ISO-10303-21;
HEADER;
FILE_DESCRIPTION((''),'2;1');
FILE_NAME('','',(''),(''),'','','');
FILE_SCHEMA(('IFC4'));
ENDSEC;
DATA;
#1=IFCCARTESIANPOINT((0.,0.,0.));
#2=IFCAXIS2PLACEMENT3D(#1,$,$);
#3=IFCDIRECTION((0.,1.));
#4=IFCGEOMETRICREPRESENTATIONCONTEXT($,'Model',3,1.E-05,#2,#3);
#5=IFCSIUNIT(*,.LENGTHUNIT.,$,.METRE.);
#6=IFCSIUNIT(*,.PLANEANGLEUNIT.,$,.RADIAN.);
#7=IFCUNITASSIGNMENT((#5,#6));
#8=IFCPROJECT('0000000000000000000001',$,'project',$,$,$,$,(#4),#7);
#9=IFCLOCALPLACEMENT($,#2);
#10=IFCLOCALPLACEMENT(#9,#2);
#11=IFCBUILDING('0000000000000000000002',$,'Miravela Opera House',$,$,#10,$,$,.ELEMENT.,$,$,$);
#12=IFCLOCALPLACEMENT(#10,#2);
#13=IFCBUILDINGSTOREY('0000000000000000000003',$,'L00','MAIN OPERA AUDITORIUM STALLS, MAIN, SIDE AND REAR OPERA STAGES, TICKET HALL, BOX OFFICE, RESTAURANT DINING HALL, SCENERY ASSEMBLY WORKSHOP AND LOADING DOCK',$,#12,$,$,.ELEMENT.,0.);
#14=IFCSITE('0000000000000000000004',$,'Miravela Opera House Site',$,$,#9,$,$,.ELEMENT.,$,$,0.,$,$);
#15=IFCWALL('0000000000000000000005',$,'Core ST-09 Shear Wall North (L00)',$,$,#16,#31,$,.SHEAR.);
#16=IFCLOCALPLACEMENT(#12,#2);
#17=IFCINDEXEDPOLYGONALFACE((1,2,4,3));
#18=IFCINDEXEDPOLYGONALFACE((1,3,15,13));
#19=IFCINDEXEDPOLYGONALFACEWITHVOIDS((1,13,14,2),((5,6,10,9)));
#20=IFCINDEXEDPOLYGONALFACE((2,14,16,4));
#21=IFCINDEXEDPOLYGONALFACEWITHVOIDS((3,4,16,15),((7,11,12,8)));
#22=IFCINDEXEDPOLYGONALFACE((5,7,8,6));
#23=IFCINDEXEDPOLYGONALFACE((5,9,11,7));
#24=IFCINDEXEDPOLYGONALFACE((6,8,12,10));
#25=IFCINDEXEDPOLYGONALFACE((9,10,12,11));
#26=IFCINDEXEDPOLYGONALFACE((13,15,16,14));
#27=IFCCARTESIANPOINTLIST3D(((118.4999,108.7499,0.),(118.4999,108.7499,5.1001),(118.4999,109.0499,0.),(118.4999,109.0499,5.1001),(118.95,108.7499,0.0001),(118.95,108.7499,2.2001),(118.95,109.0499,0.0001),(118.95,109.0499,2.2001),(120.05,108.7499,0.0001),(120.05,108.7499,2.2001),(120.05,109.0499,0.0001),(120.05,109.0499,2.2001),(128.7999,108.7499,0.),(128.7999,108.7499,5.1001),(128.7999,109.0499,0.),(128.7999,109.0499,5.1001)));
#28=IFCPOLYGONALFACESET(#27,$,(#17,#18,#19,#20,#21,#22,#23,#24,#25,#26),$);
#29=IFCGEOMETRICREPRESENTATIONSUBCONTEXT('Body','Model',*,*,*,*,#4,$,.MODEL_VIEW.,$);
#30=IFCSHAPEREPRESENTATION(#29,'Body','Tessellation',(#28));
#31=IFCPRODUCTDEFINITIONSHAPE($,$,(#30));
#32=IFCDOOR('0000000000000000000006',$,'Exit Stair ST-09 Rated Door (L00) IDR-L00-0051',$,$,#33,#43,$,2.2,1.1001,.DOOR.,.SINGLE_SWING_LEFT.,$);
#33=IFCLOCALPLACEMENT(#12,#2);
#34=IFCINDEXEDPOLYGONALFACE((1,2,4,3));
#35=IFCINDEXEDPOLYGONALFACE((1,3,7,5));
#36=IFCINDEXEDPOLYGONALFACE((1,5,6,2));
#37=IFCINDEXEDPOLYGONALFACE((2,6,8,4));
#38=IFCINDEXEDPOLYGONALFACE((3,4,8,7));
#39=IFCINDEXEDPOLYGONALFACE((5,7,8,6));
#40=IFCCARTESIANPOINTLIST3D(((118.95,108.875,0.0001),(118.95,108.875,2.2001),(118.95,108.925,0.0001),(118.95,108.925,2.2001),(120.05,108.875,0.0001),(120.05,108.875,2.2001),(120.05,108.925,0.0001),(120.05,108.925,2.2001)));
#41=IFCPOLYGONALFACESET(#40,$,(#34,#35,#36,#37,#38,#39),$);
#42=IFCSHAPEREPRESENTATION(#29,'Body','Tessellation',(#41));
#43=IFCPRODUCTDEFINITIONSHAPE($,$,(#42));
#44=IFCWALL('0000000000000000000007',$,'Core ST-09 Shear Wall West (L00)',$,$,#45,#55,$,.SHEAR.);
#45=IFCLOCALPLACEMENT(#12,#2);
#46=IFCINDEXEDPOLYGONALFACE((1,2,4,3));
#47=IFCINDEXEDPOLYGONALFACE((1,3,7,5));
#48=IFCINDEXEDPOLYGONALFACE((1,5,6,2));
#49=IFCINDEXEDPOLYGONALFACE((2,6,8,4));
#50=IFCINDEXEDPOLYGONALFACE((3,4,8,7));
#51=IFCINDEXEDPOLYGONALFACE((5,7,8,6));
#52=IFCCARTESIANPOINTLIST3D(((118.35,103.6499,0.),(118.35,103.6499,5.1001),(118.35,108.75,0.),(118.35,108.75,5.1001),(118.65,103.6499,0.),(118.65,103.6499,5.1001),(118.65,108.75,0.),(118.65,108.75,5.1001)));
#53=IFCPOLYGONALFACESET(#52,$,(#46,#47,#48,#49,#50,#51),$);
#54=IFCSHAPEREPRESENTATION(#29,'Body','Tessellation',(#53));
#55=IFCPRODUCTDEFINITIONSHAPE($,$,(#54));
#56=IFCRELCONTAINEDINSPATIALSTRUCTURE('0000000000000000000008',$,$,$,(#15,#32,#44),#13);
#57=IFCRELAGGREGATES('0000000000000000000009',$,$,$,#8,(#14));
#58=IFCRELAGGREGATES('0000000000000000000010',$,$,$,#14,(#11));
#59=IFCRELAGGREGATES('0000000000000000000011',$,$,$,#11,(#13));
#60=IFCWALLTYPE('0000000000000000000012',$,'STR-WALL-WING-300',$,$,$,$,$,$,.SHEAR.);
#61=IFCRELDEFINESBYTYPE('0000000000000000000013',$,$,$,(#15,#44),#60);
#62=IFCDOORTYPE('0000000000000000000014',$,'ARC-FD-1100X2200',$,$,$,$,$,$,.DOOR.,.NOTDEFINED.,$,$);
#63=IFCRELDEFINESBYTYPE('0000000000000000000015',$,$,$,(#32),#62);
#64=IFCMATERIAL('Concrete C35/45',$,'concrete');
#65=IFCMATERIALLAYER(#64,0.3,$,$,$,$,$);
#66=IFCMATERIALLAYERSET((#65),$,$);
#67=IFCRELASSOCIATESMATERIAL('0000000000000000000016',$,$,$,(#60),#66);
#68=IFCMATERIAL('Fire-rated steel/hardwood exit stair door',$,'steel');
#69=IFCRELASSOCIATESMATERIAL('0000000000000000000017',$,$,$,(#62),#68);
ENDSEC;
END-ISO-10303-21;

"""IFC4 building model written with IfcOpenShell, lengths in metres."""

from ifc_helpers import new_model, si_unit, direction, frame, frame_2d, origin, place, context, subcontext, project, spatial, rectangle, extrude, material, layer, layer_set, type_object, element, fill, save


model = new_model("IFC4")

# Units and contexts
model_context = context("Model", 3, precision=1e-05, world=origin(), true_north=direction((0.0, 1.0)))
body_context = subcontext(model_context, "Body", "Model", "MODEL_VIEW")
ifc_project = project(units=[si_unit("LENGTHUNIT", "METRE"), si_unit("PLANEANGLEUNIT", "RADIAN")], contexts=[model_context])

# Site, building, storey
site_placement = place(None, origin())
site = spatial("IfcSite", under=ifc_project, at=site_placement, Name="Miravela Opera House Site", CompositionType="ELEMENT", RefElevation=0.0)
building_placement = place(site_placement, origin())
building = spatial("IfcBuilding", under=site, at=building_placement, Name="Miravela Opera House", CompositionType="ELEMENT")
storey_placement = place(building_placement, origin())
storey = spatial("IfcBuildingStorey", under=building, at=storey_placement, Name="L00", Description="MAIN OPERA AUDITORIUM STALLS, MAIN, SIDE AND REAR OPERA STAGES, TICKET HALL, BOX OFFICE, RESTAURANT DINING HALL, SCENERY ASSEMBLY WORKSHOP AND LOADING DOCK", CompositionType="ELEMENT", Elevation=0.0)

# Shared definitions
ifc_material_1 = material(Name="Concrete C35/45", Category="concrete")

# Shared definitions
ifc_layer_1 = layer(ifc_material_1, 0.3)
ifc_layer_set_1 = layer_set([ifc_layer_1])
wall_type_1 = type_object("IfcWallType", Name="STR-WALL-WING-300", PredefinedType="SHEAR", material=ifc_layer_set_1)

# Wall, opening, door
wall_1_placement = place(storey_placement, frame((118.5, 108.8999, 0.0), z_axis=(0.0, 0.0, 1.0), x_axis=(1.0, 0.0, 0.0)))
wall_1 = element("IfcWall", 1, at=wall_1_placement, inside=storey, type_object=wall_type_1, Name="Core ST-09 Shear Wall North (L00)", PredefinedType="SHEAR", context=body_context, shape_type="SweptSolid", body=[
    extrude(rectangle(XDim=10.3, YDim=0.3, at=frame_2d((5.1499, 0.0))), origin(), (0.0, 0.0, 1.0), 5.1001),
])
opening_1_placement = place(wall_1_placement, frame((0.45, 0.0, 0.0)))
opening_1 = element("IfcOpeningElement", 2, at=opening_1_placement, cuts=wall_1, PredefinedType="OPENING", context=body_context, shape_type="SweptSolid", body=[
    extrude(rectangle(XDim=1.1001, YDim=2.2, at=frame_2d((0.55, 1.1001))), frame((0.0, 0.1599, 0.0), z_axis=(0.0, -1.0, 0.0), x_axis=(1.0, 0.0, 0.0)), (0.0, 0.0, 1.0), 0.3201),
])
ifc_material_2 = material(Name="Fire-rated steel/hardwood exit stair door", Category="steel")
door_type_1 = type_object("IfcDoorType", Name="ARC-FD-1100X2200", OperationType="NOTDEFINED", PredefinedType="DOOR", material=ifc_material_2)
door_1_placement = place(opening_1_placement, frame((1.1001, 0.0, 0.0), z_axis=(0.0, 0.0, 1.0), x_axis=(-1.0, 0.0, 0.0)))
door_1 = element("IfcDoor", 3, at=door_1_placement, inside=storey, type_object=door_type_1, Name="Exit Stair ST-09 Rated Door (L00) IDR-L00-0051", OperationType="SINGLE_SWING_LEFT", OverallHeight=2.2, OverallWidth=1.1001, PredefinedType="DOOR", context=body_context, shape_type="SweptSolid", body=[
    extrude(rectangle(XDim=1.1001, YDim=2.2, at=frame_2d((0.55, 1.1001))), frame((0.0, 0.0249, 0.0), z_axis=(0.0, -1.0, 0.0), x_axis=(1.0, 0.0, 0.0)), (0.0, 0.0, 1.0), 0.05),
])
fill(opening_1, door_1)

# Wall
wall_2_placement = place(storey_placement, frame((118.5, 103.6499, 0.0), z_axis=(0.0, 0.0, 1.0), x_axis=(0.0, 1.0, 0.0)))
element("IfcWall", 4, at=wall_2_placement, inside=storey, type_object=wall_type_1, Name="Core ST-09 Shear Wall West (L00)", PredefinedType="SHEAR", context=body_context, shape_type="SweptSolid", body=[
    extrude(rectangle(XDim=5.1001, YDim=0.3, at=frame_2d((2.55, 0.0))), origin(), (0.0, 0.0, 1.0), 5.1001),
])

save(model, "model.ifc")
